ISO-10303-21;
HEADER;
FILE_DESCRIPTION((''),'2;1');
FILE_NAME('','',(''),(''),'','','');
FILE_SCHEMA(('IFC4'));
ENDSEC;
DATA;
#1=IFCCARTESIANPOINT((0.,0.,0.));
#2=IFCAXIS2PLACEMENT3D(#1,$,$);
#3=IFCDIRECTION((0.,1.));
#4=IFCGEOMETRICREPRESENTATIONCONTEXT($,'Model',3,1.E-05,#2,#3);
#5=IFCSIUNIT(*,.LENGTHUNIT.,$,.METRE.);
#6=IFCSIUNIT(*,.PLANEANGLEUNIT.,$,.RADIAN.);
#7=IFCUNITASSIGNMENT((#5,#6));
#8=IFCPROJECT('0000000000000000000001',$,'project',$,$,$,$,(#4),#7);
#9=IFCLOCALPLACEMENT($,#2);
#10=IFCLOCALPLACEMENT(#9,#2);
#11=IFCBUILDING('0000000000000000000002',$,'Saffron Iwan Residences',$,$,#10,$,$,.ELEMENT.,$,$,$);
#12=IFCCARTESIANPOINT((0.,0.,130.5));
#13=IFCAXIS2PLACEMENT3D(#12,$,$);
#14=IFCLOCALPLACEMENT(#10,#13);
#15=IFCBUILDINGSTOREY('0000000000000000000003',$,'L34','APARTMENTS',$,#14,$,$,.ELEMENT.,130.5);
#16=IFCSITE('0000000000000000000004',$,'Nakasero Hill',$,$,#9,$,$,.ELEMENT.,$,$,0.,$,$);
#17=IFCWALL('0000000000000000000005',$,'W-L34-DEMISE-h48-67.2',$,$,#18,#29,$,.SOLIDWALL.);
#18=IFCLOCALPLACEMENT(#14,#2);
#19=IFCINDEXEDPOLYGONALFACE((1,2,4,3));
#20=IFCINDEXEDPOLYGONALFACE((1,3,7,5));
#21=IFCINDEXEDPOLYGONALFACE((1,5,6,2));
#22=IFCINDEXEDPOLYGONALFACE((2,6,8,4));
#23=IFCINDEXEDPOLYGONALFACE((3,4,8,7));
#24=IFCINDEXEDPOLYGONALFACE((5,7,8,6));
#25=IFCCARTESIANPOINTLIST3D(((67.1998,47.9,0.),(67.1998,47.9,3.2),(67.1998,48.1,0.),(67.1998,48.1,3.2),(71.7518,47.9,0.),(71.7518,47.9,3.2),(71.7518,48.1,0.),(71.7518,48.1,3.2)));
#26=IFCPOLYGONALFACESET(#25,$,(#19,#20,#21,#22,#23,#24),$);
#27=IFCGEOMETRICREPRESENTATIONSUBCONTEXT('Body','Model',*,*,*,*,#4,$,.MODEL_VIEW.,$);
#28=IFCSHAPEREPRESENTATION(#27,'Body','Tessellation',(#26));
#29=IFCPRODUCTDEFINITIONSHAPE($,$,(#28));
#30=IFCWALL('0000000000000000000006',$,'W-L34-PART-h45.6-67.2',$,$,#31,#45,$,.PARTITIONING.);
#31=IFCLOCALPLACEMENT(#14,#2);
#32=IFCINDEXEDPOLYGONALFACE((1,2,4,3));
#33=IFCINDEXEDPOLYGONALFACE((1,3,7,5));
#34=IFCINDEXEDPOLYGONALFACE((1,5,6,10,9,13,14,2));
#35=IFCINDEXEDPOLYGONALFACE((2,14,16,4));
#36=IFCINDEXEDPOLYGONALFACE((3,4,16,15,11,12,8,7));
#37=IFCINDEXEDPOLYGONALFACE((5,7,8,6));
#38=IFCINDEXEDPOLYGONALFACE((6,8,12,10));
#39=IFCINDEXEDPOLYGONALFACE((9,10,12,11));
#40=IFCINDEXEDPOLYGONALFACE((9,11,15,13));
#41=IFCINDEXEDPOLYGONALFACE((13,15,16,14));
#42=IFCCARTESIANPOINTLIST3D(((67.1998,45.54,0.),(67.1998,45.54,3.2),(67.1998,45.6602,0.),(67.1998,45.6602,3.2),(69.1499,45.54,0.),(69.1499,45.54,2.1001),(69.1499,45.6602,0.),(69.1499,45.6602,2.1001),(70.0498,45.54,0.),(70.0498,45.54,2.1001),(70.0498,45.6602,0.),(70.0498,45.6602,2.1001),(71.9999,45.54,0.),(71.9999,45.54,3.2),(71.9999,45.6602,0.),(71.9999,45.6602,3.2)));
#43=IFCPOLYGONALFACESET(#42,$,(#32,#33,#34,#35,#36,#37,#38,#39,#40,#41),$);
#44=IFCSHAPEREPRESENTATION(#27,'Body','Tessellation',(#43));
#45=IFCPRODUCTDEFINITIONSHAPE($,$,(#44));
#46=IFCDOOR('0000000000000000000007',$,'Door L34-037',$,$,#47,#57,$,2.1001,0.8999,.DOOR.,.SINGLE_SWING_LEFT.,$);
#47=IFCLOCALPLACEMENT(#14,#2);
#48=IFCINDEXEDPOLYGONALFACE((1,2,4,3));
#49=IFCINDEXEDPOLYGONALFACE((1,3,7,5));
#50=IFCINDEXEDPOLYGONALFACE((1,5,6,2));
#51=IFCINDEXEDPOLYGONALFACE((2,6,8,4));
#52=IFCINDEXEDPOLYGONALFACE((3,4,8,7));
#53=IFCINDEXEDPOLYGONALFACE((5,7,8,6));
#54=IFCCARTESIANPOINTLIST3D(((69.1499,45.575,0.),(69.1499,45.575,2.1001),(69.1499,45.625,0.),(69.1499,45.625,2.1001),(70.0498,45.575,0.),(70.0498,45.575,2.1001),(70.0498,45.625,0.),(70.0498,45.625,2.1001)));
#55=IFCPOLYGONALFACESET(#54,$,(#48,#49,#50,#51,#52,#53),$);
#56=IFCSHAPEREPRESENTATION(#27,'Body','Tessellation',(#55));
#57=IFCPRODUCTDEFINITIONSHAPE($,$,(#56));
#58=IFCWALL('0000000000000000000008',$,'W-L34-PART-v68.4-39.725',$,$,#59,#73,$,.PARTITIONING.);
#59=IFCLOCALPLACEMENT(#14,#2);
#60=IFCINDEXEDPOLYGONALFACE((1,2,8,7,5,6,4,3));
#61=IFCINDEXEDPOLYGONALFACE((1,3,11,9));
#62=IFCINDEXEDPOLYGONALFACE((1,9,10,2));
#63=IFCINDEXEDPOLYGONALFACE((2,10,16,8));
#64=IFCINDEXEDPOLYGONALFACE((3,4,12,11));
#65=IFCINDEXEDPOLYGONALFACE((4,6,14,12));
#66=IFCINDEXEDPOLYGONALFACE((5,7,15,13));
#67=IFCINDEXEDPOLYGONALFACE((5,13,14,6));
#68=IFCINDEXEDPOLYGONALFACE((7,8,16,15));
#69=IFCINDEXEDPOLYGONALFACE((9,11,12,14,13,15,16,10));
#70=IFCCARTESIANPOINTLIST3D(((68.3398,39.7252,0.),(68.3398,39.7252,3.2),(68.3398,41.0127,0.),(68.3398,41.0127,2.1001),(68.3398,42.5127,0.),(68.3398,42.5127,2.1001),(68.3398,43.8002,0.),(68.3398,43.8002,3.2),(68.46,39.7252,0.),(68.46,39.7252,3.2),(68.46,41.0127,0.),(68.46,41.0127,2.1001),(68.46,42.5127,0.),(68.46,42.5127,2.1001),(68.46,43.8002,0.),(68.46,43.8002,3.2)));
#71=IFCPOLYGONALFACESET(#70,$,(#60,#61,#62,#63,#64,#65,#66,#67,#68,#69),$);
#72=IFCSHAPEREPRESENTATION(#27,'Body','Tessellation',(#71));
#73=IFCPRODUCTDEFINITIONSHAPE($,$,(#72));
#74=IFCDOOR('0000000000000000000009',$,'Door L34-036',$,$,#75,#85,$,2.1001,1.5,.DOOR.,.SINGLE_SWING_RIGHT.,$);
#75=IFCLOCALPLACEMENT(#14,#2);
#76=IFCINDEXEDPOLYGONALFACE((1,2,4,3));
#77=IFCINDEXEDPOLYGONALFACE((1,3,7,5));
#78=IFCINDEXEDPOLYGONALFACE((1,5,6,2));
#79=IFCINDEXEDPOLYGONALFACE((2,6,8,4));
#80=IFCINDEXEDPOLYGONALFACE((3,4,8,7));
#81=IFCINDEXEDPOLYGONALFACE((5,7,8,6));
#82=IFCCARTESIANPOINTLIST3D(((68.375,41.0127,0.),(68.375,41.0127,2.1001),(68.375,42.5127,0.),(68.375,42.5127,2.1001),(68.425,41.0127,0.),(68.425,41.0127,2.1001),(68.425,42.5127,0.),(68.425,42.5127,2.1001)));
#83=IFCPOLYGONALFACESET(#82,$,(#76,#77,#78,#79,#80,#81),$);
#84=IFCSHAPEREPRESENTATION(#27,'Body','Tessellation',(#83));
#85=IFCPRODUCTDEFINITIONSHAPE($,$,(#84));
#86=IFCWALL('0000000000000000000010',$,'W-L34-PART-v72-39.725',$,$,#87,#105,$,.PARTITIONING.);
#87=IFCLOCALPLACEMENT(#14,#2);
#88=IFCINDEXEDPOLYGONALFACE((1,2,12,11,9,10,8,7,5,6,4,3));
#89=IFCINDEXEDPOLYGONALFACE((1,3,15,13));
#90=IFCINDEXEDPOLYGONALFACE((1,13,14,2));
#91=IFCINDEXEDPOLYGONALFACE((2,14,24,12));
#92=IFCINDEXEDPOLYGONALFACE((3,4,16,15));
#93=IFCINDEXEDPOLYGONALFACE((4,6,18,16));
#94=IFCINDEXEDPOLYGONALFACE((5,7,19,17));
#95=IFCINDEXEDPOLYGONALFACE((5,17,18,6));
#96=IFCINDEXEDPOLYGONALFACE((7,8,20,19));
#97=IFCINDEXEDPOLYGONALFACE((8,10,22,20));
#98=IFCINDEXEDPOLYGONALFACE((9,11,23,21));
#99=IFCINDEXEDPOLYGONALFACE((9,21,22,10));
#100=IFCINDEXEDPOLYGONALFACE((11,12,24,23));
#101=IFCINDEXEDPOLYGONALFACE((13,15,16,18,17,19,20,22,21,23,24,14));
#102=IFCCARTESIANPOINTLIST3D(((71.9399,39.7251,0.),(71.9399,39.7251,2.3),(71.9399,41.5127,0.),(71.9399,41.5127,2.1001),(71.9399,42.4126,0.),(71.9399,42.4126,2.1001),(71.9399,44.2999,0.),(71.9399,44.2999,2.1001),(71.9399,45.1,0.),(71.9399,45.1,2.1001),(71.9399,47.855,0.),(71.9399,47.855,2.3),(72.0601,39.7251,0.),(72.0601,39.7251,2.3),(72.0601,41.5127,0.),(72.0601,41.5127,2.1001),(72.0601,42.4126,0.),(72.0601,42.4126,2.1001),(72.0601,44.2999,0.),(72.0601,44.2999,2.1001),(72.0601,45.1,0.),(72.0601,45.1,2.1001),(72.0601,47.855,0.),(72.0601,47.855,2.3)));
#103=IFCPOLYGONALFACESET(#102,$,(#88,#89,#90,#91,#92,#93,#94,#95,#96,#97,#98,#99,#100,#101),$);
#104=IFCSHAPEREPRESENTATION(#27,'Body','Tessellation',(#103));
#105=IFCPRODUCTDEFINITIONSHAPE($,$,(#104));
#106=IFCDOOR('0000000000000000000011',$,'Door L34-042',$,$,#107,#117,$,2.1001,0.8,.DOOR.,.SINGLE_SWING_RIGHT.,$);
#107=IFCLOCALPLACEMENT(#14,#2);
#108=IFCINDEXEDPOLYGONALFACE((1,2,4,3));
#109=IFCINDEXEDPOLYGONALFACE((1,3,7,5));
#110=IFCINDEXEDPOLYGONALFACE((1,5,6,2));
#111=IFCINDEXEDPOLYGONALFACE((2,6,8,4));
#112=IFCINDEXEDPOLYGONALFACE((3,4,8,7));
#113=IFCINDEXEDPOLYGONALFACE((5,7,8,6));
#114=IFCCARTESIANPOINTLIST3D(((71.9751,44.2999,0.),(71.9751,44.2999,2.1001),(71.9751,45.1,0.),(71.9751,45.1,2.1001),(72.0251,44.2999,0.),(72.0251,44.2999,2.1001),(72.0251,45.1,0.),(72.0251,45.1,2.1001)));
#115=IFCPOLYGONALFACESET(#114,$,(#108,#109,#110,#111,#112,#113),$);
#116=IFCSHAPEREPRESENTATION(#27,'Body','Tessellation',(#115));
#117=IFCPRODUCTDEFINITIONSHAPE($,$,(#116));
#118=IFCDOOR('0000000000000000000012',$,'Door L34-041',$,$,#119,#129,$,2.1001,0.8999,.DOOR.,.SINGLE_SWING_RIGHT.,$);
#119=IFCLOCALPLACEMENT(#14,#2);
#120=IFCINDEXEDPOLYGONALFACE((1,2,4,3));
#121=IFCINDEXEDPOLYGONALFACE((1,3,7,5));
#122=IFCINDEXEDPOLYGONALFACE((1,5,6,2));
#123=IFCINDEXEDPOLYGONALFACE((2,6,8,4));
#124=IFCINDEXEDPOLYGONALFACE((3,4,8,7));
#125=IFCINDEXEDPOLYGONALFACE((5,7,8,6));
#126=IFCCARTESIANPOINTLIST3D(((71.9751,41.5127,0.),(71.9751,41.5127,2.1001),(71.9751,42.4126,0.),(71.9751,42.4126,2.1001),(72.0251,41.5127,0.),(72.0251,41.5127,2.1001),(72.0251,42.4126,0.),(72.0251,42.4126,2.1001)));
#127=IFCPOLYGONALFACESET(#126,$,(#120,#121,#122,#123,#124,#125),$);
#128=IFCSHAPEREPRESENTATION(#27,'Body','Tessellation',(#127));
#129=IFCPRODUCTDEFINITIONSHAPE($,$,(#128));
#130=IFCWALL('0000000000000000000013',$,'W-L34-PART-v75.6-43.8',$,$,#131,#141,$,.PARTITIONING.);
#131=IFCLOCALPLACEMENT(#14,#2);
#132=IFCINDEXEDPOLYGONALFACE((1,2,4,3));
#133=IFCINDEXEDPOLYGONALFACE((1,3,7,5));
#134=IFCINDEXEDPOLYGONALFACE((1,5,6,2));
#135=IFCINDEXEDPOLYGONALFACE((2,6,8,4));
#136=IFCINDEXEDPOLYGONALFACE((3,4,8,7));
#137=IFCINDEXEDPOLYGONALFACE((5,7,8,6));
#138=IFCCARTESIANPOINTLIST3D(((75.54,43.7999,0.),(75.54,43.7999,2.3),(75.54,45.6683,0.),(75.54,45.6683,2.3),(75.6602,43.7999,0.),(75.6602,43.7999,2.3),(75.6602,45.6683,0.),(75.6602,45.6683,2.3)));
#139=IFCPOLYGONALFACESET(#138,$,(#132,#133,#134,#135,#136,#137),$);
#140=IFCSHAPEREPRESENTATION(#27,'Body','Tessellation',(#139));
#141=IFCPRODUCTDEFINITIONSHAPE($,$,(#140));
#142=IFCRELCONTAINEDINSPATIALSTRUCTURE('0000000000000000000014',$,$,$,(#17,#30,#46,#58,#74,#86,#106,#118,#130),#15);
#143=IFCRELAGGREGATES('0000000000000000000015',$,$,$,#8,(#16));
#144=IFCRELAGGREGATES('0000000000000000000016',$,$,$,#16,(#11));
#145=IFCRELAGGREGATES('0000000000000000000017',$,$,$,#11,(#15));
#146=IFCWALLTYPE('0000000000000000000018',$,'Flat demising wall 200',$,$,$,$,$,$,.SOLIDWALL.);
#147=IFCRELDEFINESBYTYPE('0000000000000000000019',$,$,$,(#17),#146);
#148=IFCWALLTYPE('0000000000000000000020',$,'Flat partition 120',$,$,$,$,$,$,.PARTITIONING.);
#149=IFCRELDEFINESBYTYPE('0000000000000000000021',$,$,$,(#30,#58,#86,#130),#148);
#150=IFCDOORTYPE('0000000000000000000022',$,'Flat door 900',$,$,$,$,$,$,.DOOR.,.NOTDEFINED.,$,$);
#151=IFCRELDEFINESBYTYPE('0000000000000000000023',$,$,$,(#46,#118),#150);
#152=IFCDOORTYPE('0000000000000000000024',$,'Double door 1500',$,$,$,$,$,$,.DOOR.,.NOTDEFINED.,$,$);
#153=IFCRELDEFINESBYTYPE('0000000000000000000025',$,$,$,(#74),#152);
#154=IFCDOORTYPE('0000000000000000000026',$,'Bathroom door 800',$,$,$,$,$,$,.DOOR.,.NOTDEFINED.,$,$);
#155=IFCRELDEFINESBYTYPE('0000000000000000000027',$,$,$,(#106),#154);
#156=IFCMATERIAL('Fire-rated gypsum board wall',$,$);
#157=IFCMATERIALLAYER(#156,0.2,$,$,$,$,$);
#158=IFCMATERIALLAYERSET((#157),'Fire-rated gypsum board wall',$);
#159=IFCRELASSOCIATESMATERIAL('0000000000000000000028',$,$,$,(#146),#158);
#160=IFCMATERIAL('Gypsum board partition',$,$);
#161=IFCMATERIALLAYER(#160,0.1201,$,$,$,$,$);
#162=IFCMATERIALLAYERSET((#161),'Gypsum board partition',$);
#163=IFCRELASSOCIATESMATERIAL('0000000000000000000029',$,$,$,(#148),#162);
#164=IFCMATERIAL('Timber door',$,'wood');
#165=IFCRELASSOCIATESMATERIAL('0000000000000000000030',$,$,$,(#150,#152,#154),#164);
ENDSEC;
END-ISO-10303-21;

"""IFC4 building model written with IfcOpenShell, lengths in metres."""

from ifc_helpers import new_model, si_unit, direction, frame, frame_2d, origin, place, context, subcontext, project, spatial, rectangle, extrude, material, layer, layer_set, type_object, element, fill, save


model = new_model("IFC4")

# Units and contexts
model_context = context("Model", 3, precision=1e-05, world=origin(), true_north=direction((0.0, 1.0)))
body_context = subcontext(model_context, "Body", "Model", "MODEL_VIEW")
ifc_project = project(units=[si_unit("LENGTHUNIT", "METRE"), si_unit("PLANEANGLEUNIT", "RADIAN")], contexts=[model_context])

# Site, building, storey
site_placement = place(None, origin())
site = spatial("IfcSite", under=ifc_project, at=site_placement, Name="Nakasero Hill", CompositionType="ELEMENT", RefElevation=0.0)
building_placement = place(site_placement, origin())
building = spatial("IfcBuilding", under=site, at=building_placement, Name="Saffron Iwan Residences", CompositionType="ELEMENT")
storey_placement = place(building_placement, frame((0.0, 0.0, 130.5)))
storey = spatial("IfcBuildingStorey", under=building, at=storey_placement, Name="L34", Description="APARTMENTS", CompositionType="ELEMENT", Elevation=130.5)

# Wall
ifc_material_1 = material(Name="Fire-rated gypsum board wall")
ifc_layer_1 = layer(ifc_material_1, 0.2)
ifc_layer_set_1 = layer_set([ifc_layer_1], Name="Fire-rated gypsum board wall")
wall_type_1 = type_object("IfcWallType", Name="Flat demising wall 200", PredefinedType="SOLIDWALL", material=ifc_layer_set_1)
wall_1_placement = place(storey_placement, frame((67.2, 48.0, 0.0), z_axis=(0.0, 0.0, 1.0), x_axis=(1.0, 0.0, 0.0)))
element("IfcWall", 1, at=wall_1_placement, inside=storey, type_object=wall_type_1, Name="W-L34-DEMISE-h48-67.2", PredefinedType="SOLIDWALL", context=body_context, shape_type="SweptSolid", body=[
    extrude(rectangle(XDim=4.552, YDim=0.2, at=frame_2d((2.2759, 0.0))), origin(), (0.0, 0.0, 1.0), 3.2),
])

# Walls, openings, doors
ifc_material_2 = material(Name="Gypsum board partition")
ifc_layer_2 = layer(ifc_material_2, 0.1201)
ifc_layer_set_2 = layer_set([ifc_layer_2], Name="Gypsum board partition")
wall_type_2 = type_object("IfcWallType", Name="Flat partition 120", PredefinedType="PARTITIONING", material=ifc_layer_set_2)
wall_2_placement = place(storey_placement, frame((67.2, 45.6001, 0.0), z_axis=(0.0, 0.0, 1.0), x_axis=(1.0, 0.0, 0.0)))
wall_2 = element("IfcWall", 2, at=wall_2_placement, inside=storey, type_object=wall_type_2, Name="W-L34-PART-h45.6-67.2", PredefinedType="PARTITIONING", context=body_context, shape_type="SweptSolid", body=[
    extrude(rectangle(XDim=4.8, YDim=0.1201, at=frame_2d((2.3999, 0.0))), origin(), (0.0, 0.0, 1.0), 3.2),
])
opening_1_placement = place(wall_2_placement, frame((1.95, 0.0, 0.0)))
opening_1 = element("IfcOpeningElement", 3, at=opening_1_placement, cuts=wall_2, PredefinedType="OPENING", context=body_context, shape_type="SweptSolid", body=[
    extrude(rectangle(XDim=0.8999, YDim=2.1001, at=frame_2d((0.45, 1.05))), frame((0.0, 0.0701, 0.0), z_axis=(0.0, -1.0, 0.0), x_axis=(1.0, 0.0, 0.0)), (0.0, 0.0, 1.0), 0.1401),
])
ifc_material_3 = material(Name="Timber door", Category="wood")
door_type_1 = type_object("IfcDoorType", Name="Flat door 900", OperationType="NOTDEFINED", PredefinedType="DOOR", material=ifc_material_3)
door_1_placement = place(opening_1_placement, origin())
door_1 = element("IfcDoor", 4, at=door_1_placement, inside=storey, type_object=door_type_1, Name="Door L34-037", OperationType="SINGLE_SWING_LEFT", OverallHeight=2.1001, OverallWidth=0.8999, PredefinedType="DOOR", context=body_context, shape_type="SweptSolid", body=[
    extrude(rectangle(XDim=0.8999, YDim=2.1001, at=frame_2d((0.45, 1.05))), frame((0.0, 0.0249, 0.0), z_axis=(0.0, -1.0, 0.0), x_axis=(1.0, 0.0, 0.0)), (0.0, 0.0, 1.0), 0.05),
])
fill(opening_1, door_1)
wall_3_placement = place(storey_placement, frame((68.3999, 39.7251, 0.0), z_axis=(0.0, 0.0, 1.0), x_axis=(0.0, 1.0, 0.0)))
wall_3 = element("IfcWall", 5, at=wall_3_placement, inside=storey, type_object=wall_type_2, Name="W-L34-PART-v68.4-39.725", PredefinedType="PARTITIONING", context=body_context, shape_type="SweptSolid", body=[
    extrude(rectangle(XDim=4.075, YDim=0.1201, at=frame_2d((2.0376, 0.0))), origin(), (0.0, 0.0, 1.0), 3.2),
])
opening_2_placement = place(wall_3_placement, frame((1.2876, 0.0, 0.0)))
opening_2 = element("IfcOpeningElement", 6, at=opening_2_placement, cuts=wall_3, PredefinedType="OPENING", context=body_context, shape_type="SweptSolid", body=[
    extrude(rectangle(XDim=1.5, YDim=2.1001, at=frame_2d((0.75, 1.05))), frame((0.0, 0.0701, 0.0), z_axis=(0.0, -1.0, 0.0), x_axis=(1.0, 0.0, 0.0)), (0.0, 0.0, 1.0), 0.1401),
])
door_type_2 = type_object("IfcDoorType", Name="Double door 1500", OperationType="NOTDEFINED", PredefinedType="DOOR", material=ifc_material_3)
door_2_placement = place(opening_2_placement, origin())
door_2 = element("IfcDoor", 7, at=door_2_placement, inside=storey, type_object=door_type_2, Name="Door L34-036", OperationType="SINGLE_SWING_RIGHT", OverallHeight=2.1001, OverallWidth=1.5, PredefinedType="DOOR", context=body_context, shape_type="SweptSolid", body=[
    extrude(rectangle(XDim=1.5, YDim=2.1001, at=frame_2d((0.75, 1.05))), frame((0.0, 0.0249, 0.0), z_axis=(0.0, -1.0, 0.0), x_axis=(1.0, 0.0, 0.0)), (0.0, 0.0, 1.0), 0.05),
])
fill(opening_2, door_2)

# Wall, openings, doors
wall_4_placement = place(storey_placement, frame((72.0, 39.7251, 0.0), z_axis=(0.0, 0.0, 1.0), x_axis=(0.0, 1.0, 0.0)))
wall_4 = element("IfcWall", 8, at=wall_4_placement, inside=storey, type_object=wall_type_2, Name="W-L34-PART-v72-39.725", PredefinedType="PARTITIONING", context=body_context, shape_type="SweptSolid", body=[
    extrude(rectangle(XDim=8.1299, YDim=0.1201, at=frame_2d((4.0649, 0.0))), origin(), (0.0, 0.0, 1.0), 2.3),
])
opening_3_placement = place(wall_4_placement, frame((1.7876, 0.0, 0.0)))
opening_3 = element("IfcOpeningElement", 9, at=opening_3_placement, cuts=wall_4, PredefinedType="OPENING", context=body_context, shape_type="SweptSolid", body=[
    extrude(rectangle(XDim=0.8999, YDim=2.1001, at=frame_2d((0.45, 1.05))), frame((0.0, 0.0701, 0.0), z_axis=(0.0, -1.0, 0.0), x_axis=(1.0, 0.0, 0.0)), (0.0, 0.0, 1.0), 0.1401),
])
opening_4_placement = place(wall_4_placement, frame((4.575, 0.0, 0.0)))
opening_4 = element("IfcOpeningElement", 10, at=opening_4_placement, cuts=wall_4, PredefinedType="OPENING", context=body_context, shape_type="SweptSolid", body=[
    extrude(rectangle(XDim=0.8, YDim=2.1001, at=frame_2d((0.3999, 1.05))), frame((0.0, 0.0701, 0.0), z_axis=(0.0, -1.0, 0.0), x_axis=(1.0, 0.0, 0.0)), (0.0, 0.0, 1.0), 0.1401),
])
door_type_3 = type_object("IfcDoorType", Name="Bathroom door 800", OperationType="NOTDEFINED", PredefinedType="DOOR", material=ifc_material_3)
door_3_placement = place(opening_4_placement, origin())
door_3 = element("IfcDoor", 11, at=door_3_placement, inside=storey, type_object=door_type_3, Name="Door L34-042", OperationType="SINGLE_SWING_RIGHT", OverallHeight=2.1001, OverallWidth=0.8, PredefinedType="DOOR", context=body_context, shape_type="SweptSolid", body=[
    extrude(rectangle(XDim=0.8, YDim=2.1001, at=frame_2d((0.3999, 1.05))), frame((0.0, 0.0249, 0.0), z_axis=(0.0, -1.0, 0.0), x_axis=(1.0, 0.0, 0.0)), (0.0, 0.0, 1.0), 0.05),
])
fill(opening_4, door_3)
door_4_placement = place(opening_3_placement, origin())
door_4 = element("IfcDoor", 12, at=door_4_placement, inside=storey, type_object=door_type_1, Name="Door L34-041", OperationType="SINGLE_SWING_RIGHT", OverallHeight=2.1001, OverallWidth=0.8999, PredefinedType="DOOR", context=body_context, shape_type="SweptSolid", body=[
    extrude(rectangle(XDim=0.8999, YDim=2.1001, at=frame_2d((0.45, 1.05))), frame((0.0, 0.0249, 0.0), z_axis=(0.0, -1.0, 0.0), x_axis=(1.0, 0.0, 0.0)), (0.0, 0.0, 1.0), 0.05),
])
fill(opening_3, door_4)

# Wall
wall_5_placement = place(storey_placement, frame((75.6001, 43.8, 0.0), z_axis=(0.0, 0.0, 1.0), x_axis=(0.0, 1.0, 0.0)))
element("IfcWall", 13, at=wall_5_placement, inside=storey, type_object=wall_type_2, Name="W-L34-PART-v75.6-43.8", PredefinedType="PARTITIONING", context=body_context, shape_type="SweptSolid", body=[
    extrude(rectangle(XDim=1.8684, YDim=0.1201, at=frame_2d((0.9341, 0.0))), origin(), (0.0, 0.0, 1.0), 2.3),
])

save(model, "model.ifc")
